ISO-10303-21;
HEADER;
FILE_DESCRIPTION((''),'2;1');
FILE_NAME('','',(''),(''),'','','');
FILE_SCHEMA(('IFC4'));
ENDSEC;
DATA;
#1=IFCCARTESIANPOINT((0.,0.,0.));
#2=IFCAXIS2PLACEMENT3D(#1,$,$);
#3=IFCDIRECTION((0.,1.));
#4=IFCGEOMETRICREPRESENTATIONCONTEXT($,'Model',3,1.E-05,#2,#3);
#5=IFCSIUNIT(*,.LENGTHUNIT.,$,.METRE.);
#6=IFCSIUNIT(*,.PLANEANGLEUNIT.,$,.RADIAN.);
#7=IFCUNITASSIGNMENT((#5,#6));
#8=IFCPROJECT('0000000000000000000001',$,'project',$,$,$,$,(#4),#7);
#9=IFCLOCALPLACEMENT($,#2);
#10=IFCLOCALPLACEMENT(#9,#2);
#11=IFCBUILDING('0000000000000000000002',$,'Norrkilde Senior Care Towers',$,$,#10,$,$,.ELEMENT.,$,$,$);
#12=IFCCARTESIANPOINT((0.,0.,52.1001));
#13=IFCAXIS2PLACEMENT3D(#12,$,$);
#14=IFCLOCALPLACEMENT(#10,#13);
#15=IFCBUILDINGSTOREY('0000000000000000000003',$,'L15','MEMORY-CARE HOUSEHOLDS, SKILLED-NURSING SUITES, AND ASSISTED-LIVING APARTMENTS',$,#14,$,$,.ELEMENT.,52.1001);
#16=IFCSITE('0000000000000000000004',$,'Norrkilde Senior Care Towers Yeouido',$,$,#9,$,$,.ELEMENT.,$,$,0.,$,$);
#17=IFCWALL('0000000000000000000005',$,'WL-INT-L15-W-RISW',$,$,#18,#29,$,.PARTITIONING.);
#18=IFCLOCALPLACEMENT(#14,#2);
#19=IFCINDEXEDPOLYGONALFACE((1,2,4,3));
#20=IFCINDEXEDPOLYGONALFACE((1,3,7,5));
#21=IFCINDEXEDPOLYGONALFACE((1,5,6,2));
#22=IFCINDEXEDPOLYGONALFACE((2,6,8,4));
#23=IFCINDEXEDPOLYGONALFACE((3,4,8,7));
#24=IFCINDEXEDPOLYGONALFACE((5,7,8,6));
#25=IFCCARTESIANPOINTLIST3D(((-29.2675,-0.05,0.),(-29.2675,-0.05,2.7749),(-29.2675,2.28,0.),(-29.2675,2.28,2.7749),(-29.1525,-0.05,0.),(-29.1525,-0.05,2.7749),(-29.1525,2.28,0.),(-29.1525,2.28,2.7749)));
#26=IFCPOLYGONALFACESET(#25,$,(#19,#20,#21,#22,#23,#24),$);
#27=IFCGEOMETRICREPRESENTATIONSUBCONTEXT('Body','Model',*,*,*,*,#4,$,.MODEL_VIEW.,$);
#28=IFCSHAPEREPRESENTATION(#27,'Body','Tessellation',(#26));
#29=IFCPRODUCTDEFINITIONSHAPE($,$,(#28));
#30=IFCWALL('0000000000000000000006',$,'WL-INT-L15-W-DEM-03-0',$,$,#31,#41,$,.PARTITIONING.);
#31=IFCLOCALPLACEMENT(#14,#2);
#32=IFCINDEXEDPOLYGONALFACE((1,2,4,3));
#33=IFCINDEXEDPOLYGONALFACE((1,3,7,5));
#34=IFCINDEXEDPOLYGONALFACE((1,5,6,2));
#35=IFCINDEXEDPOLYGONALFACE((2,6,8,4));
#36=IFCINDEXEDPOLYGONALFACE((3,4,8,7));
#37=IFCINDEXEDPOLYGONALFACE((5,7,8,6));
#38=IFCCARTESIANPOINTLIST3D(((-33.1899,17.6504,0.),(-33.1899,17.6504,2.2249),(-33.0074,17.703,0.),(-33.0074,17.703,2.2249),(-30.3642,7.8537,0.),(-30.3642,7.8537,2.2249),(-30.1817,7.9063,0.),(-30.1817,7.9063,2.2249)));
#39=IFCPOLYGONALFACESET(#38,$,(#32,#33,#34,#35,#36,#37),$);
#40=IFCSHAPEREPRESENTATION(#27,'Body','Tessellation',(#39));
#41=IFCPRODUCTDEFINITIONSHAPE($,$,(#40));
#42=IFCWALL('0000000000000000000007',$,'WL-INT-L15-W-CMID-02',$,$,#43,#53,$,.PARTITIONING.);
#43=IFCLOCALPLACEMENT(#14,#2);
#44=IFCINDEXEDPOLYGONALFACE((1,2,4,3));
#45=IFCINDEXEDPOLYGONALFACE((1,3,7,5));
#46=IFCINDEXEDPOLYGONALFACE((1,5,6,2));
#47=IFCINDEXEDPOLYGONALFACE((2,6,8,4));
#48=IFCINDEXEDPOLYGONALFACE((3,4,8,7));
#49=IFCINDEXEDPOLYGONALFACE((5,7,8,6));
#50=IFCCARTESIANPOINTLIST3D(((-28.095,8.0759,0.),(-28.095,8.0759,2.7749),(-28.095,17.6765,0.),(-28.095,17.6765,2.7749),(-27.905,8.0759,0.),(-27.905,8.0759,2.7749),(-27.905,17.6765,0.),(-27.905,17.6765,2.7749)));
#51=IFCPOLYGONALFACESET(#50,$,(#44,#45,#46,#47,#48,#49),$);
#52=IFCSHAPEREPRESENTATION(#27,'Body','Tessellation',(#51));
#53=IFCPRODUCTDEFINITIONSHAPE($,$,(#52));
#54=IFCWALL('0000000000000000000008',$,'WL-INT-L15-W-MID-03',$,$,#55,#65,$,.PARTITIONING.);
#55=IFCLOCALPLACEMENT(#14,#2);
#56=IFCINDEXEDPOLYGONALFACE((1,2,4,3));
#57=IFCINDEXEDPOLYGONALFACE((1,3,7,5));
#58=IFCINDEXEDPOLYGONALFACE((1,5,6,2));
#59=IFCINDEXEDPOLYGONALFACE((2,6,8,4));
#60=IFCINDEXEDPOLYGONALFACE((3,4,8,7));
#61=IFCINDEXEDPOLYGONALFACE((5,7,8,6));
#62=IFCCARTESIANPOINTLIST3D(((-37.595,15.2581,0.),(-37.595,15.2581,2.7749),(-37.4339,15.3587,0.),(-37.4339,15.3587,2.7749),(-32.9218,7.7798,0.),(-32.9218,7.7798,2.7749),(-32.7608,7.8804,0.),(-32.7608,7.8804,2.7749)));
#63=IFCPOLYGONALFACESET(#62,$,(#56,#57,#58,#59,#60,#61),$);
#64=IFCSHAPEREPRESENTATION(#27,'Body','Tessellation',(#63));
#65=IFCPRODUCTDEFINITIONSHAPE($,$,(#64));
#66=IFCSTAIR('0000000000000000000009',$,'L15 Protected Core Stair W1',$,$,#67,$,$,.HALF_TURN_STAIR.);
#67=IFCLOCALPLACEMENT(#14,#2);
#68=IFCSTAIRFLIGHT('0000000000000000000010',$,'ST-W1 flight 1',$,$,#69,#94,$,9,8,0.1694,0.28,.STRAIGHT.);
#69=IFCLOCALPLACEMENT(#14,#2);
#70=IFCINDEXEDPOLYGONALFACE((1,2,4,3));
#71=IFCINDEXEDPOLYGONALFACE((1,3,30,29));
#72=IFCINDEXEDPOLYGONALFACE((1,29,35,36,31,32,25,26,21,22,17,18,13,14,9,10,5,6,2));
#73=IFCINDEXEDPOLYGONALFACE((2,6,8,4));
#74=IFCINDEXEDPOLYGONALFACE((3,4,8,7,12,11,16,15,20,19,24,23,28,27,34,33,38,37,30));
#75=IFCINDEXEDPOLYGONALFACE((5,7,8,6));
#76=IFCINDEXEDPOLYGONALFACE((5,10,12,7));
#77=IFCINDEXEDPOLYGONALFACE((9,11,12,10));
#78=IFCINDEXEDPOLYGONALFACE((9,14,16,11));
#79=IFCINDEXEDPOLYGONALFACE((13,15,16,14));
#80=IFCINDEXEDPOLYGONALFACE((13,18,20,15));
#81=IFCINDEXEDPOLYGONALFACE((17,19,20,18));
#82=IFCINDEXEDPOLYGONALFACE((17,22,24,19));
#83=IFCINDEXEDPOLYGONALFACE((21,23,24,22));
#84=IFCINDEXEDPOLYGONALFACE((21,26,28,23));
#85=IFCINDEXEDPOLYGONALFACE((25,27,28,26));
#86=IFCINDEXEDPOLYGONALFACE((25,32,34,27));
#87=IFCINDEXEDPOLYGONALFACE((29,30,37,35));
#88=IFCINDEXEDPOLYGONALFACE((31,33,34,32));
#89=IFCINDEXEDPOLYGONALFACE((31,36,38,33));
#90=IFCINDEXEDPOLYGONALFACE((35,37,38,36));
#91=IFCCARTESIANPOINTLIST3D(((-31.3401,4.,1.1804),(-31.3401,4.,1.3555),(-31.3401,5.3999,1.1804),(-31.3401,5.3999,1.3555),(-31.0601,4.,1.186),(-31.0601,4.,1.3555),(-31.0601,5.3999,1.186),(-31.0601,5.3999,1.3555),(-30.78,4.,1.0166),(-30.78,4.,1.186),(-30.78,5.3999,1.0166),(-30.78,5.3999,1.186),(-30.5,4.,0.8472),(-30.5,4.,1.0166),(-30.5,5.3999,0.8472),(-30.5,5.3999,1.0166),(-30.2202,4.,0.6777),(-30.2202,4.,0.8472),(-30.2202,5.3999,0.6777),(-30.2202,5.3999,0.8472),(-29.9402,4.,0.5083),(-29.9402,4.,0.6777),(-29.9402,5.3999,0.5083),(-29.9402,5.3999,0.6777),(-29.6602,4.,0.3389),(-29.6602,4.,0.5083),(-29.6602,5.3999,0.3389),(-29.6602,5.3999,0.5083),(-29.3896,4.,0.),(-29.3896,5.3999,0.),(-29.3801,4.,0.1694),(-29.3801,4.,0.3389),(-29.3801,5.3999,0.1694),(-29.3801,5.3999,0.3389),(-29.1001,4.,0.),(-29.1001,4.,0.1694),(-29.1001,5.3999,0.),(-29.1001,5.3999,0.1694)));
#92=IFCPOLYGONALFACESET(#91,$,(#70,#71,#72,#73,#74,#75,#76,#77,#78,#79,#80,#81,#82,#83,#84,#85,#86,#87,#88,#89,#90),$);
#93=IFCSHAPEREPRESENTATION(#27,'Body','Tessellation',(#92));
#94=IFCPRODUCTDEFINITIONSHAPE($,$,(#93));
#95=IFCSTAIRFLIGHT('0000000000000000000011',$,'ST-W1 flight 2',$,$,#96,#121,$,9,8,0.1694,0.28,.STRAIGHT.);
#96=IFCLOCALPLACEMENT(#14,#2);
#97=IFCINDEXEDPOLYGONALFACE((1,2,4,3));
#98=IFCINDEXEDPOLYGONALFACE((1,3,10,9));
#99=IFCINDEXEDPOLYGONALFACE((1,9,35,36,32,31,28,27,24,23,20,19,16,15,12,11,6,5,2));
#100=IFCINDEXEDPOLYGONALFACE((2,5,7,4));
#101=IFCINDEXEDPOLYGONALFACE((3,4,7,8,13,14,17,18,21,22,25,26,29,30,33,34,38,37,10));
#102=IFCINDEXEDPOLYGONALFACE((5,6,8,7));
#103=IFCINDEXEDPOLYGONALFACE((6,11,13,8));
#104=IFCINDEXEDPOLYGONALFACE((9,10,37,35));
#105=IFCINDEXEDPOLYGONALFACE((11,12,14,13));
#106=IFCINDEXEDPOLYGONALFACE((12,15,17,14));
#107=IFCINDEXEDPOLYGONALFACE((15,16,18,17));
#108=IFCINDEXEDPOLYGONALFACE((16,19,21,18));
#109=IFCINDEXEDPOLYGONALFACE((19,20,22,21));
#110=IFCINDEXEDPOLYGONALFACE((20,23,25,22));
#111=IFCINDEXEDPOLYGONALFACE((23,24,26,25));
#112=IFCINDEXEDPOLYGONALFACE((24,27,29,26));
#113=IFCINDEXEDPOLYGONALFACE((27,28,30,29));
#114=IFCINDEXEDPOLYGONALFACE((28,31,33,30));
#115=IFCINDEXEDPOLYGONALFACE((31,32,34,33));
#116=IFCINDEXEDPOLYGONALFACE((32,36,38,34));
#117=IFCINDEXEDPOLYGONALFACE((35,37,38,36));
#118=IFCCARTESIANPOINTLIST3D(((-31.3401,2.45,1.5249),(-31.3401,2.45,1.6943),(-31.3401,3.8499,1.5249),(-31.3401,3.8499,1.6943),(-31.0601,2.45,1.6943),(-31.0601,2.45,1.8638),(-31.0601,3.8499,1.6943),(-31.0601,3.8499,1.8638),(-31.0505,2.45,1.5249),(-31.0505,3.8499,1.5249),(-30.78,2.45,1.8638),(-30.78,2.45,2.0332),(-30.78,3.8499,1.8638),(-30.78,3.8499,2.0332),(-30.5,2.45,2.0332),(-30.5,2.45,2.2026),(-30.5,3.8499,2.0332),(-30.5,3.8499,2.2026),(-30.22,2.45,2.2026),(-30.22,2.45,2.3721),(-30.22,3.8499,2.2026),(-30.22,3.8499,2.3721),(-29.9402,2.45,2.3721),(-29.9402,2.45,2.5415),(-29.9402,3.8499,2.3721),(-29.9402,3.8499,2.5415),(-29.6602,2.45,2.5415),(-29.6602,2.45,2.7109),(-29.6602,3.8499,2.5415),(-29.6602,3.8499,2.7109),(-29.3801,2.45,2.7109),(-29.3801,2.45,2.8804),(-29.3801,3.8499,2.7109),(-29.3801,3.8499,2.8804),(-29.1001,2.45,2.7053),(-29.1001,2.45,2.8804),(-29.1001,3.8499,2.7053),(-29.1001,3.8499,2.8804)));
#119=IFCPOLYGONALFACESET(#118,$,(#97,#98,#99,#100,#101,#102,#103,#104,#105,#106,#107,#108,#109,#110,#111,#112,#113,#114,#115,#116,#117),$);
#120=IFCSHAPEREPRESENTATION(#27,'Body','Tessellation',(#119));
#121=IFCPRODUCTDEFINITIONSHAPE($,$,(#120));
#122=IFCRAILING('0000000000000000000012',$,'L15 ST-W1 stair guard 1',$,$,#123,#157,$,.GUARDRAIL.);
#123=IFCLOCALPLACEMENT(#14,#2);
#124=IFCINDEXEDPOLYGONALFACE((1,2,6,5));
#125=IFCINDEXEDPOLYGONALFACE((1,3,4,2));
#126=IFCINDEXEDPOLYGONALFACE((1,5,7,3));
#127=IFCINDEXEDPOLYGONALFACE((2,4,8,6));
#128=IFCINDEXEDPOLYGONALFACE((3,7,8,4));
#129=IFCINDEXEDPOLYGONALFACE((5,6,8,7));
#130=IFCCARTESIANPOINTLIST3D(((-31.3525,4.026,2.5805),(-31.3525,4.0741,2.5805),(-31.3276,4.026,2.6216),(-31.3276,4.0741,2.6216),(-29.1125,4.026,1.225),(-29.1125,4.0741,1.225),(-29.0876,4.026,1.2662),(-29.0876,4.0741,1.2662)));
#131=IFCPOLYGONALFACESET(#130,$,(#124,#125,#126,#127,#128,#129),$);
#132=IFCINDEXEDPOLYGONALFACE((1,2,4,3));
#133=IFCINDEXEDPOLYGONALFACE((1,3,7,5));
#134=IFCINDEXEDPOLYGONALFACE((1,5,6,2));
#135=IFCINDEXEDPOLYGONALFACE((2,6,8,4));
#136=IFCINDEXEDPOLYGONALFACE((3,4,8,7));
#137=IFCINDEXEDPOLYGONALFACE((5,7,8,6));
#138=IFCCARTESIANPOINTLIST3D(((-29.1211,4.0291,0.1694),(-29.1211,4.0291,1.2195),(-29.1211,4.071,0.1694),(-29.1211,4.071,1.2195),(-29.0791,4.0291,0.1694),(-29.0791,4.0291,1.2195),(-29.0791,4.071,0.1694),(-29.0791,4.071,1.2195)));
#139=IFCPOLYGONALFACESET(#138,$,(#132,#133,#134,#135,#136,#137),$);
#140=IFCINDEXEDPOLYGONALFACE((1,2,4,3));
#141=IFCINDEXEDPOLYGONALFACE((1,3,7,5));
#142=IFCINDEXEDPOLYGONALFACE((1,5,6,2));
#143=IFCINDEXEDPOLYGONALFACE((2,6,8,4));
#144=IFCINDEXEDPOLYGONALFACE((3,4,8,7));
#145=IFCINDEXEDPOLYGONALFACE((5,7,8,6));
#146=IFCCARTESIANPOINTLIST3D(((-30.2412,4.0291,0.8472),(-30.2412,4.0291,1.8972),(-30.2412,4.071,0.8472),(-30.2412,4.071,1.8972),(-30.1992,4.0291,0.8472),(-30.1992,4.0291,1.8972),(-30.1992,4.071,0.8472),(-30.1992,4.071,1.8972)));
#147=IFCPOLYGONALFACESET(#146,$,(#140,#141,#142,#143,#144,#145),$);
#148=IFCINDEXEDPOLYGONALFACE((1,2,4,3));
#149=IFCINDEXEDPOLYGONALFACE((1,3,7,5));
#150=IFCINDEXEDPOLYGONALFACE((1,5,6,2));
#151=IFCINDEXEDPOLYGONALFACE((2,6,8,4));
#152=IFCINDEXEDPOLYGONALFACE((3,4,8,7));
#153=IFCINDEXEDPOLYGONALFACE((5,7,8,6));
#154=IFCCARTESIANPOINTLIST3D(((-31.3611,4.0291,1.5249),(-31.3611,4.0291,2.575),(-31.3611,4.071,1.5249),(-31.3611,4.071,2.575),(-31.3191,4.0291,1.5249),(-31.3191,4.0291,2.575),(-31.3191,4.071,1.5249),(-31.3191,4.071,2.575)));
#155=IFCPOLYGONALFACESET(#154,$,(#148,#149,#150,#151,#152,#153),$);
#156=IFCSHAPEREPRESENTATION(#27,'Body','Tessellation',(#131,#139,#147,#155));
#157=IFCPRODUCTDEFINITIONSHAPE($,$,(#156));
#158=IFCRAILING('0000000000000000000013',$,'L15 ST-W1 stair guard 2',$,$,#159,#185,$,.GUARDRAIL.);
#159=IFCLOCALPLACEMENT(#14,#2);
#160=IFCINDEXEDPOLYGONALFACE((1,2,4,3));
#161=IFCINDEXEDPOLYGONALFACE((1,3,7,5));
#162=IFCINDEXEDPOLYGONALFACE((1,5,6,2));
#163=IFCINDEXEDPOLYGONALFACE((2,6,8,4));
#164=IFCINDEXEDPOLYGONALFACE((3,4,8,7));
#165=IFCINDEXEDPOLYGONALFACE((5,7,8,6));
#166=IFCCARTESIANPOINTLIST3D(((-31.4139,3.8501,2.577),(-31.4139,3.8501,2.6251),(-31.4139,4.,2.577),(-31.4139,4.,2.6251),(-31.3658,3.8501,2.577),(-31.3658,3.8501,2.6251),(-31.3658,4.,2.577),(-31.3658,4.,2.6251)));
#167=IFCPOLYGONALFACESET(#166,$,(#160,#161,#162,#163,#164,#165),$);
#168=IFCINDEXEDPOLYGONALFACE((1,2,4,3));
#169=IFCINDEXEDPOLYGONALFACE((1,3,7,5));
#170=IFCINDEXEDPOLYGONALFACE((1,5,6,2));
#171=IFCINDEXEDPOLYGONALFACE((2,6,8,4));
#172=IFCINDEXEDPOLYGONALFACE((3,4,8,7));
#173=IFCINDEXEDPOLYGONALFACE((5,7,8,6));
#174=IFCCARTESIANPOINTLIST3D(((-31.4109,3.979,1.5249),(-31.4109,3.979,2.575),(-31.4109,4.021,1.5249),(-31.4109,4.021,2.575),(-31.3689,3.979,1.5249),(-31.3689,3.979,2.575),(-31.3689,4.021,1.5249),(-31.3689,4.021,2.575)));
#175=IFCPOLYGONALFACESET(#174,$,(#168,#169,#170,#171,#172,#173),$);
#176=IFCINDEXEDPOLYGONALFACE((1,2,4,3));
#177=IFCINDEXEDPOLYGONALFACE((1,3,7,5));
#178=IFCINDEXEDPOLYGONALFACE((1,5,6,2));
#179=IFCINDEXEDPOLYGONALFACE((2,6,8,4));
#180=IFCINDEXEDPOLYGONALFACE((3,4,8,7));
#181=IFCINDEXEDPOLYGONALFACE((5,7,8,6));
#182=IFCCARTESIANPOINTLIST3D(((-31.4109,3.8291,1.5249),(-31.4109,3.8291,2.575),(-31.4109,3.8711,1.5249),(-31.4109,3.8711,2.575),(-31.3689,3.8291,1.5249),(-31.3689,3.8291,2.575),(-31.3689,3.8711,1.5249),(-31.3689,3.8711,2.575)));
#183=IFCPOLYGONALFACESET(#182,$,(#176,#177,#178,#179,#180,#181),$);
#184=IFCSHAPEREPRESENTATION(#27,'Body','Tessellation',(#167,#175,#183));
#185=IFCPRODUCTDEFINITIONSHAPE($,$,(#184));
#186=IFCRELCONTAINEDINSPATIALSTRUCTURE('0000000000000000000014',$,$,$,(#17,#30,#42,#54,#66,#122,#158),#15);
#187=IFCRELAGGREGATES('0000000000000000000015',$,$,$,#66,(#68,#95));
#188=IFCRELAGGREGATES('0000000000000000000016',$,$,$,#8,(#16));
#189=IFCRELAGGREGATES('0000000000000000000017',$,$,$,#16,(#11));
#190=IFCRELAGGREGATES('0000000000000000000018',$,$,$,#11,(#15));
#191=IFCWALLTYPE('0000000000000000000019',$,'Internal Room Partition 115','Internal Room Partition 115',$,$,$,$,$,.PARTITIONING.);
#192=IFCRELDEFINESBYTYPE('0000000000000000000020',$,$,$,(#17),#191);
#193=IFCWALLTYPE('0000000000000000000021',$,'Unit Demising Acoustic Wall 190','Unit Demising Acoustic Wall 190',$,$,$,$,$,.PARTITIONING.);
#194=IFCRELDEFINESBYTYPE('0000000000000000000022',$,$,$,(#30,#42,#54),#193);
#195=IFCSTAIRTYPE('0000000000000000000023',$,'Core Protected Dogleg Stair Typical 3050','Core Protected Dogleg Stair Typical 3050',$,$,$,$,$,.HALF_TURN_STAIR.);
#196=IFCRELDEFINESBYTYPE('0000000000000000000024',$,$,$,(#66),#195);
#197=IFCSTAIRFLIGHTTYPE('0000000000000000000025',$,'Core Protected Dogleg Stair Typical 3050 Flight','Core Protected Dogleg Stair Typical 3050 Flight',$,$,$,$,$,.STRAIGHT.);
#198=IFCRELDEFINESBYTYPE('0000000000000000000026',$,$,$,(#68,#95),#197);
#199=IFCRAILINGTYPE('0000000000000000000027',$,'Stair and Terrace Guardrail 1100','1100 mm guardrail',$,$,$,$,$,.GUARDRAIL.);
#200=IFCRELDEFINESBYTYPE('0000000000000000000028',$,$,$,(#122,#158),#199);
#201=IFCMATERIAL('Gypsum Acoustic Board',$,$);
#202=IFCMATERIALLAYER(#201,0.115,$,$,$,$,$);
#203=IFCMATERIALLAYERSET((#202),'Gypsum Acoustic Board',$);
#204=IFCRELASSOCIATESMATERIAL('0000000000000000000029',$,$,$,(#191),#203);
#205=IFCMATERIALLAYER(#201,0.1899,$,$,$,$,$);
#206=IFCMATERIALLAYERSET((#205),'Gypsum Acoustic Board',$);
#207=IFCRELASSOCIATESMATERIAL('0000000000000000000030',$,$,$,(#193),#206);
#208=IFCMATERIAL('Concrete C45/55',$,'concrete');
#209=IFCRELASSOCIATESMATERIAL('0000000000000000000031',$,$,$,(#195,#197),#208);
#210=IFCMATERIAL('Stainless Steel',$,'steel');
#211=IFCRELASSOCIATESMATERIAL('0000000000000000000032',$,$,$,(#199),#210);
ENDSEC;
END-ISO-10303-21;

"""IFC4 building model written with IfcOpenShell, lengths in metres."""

from ifc_helpers import new_model, si_unit, direction, frame, frame_2d, origin, origin_2d, place, context, subcontext, project, spatial, polyline, rectangle, outline, extrude, source, transform, mapped, material, layer, layer_set, type_object, type_shapes, element, aggregate, save


model = new_model("IFC4")

# Units and contexts
model_context = context("Model", 3, precision=1e-05, world=origin(), true_north=direction((0.0, 1.0)))
body_context = subcontext(model_context, "Body", "Model", "MODEL_VIEW")
ifc_project = project(units=[si_unit("LENGTHUNIT", "METRE"), si_unit("PLANEANGLEUNIT", "RADIAN")], contexts=[model_context])

# Site, building, storey
site_placement = place(None, origin())
site = spatial("IfcSite", under=ifc_project, at=site_placement, Name="Norrkilde Senior Care Towers Yeouido", CompositionType="ELEMENT", RefElevation=0.0)
building_placement = place(site_placement, origin())
building = spatial("IfcBuilding", under=site, at=building_placement, Name="Norrkilde Senior Care Towers", CompositionType="ELEMENT")
storey_placement = place(building_placement, frame((0.0, 0.0, 52.1001)))
storey = spatial("IfcBuildingStorey", under=building, at=storey_placement, Name="L15", Description="MEMORY-CARE HOUSEHOLDS, SKILLED-NURSING SUITES, AND ASSISTED-LIVING APARTMENTS", CompositionType="ELEMENT", Elevation=52.1001)

# Walls
ifc_material_1 = material(Name="Concrete C45/55", Category="concrete")
ifc_material_2 = material(Name="Gypsum Acoustic Board")
ifc_layer_1 = layer(ifc_material_2, 0.115)
ifc_layer_set_1 = layer_set([ifc_layer_1], Name="Gypsum Acoustic Board")
wall_type_1 = type_object("IfcWallType", Name="Internal Room Partition 115", Description="Internal Room Partition 115", PredefinedType="PARTITIONING", material=ifc_layer_set_1)
shared_shape_1 = source(origin(), body_context, "Body", "SweptSolid", [
    extrude(rectangle(XDim=2.3301, YDim=0.115, at=frame_2d((1.165, 0.0))), origin(), (0.0, 0.0, 1.0), 2.7749),
])
type_shapes(wall_type_1, [shared_shape_1])
wall_1_placement = place(storey_placement, frame((-29.21, -0.05, 0.0), z_axis=(0.0, 0.0, 1.0), x_axis=(0.0, 1.0, 0.0)))
element("IfcWall", 1, at=wall_1_placement, inside=storey, type_object=wall_type_1, Name="WL-INT-L15-W-RISW", PredefinedType="PARTITIONING", context=body_context, shape_type="MappedRepresentation", body=[
    mapped(shared_shape_1, transform((0.0, 0.0, 0.0), x_axis=(1.0, 0.0, 0.0), y_axis=(0.0, 1.0, 0.0), z_axis=(0.0, 0.0, 1.0), scale=1.0)),
])
ifc_layer_2 = layer(ifc_material_2, 0.1899)
ifc_layer_set_2 = layer_set([ifc_layer_2], Name="Gypsum Acoustic Board")
wall_type_2 = type_object("IfcWallType", Name="Unit Demising Acoustic Wall 190", Description="Unit Demising Acoustic Wall 190", PredefinedType="PARTITIONING", material=ifc_layer_set_2)
shared_shape_2 = source(origin(), body_context, "Body", "SweptSolid", [
    extrude(rectangle(XDim=10.196, YDim=0.1899, at=frame_2d((5.0981, 0.0))), origin(), (0.0, 0.0, 1.0), 2.2249),
])
wall_2_placement = place(storey_placement, frame((-30.2729, 7.8799, 0.0), z_axis=(0.0, 0.0, 1.0), x_axis=(-0.277136, 0.960831, 0.0)))
element("IfcWall", 2, at=wall_2_placement, inside=storey, type_object=wall_type_2, Name="WL-INT-L15-W-DEM-03-0", PredefinedType="PARTITIONING", context=body_context, shape_type="MappedRepresentation", body=[
    mapped(shared_shape_2, transform((0.0, 0.0, 0.0), x_axis=(1.0, 0.0, 0.0), y_axis=(0.0, 1.0, 0.0), z_axis=(0.0, 0.0, 1.0), scale=1.0)),
])
shared_shape_3 = source(origin(), body_context, "Body", "SweptSolid", [
    extrude(rectangle(XDim=9.6006, YDim=0.1899, at=frame_2d((4.8003, 0.0))), origin(), (0.0, 0.0, 1.0), 2.7749),
])
wall_3_placement = place(storey_placement, frame((-28.0, 8.0759, 0.0), z_axis=(0.0, 0.0, 1.0), x_axis=(0.0, 1.0, 0.0)))
element("IfcWall", 3, at=wall_3_placement, inside=storey, type_object=wall_type_2, Name="WL-INT-L15-W-CMID-02", PredefinedType="PARTITIONING", context=body_context, shape_type="MappedRepresentation", body=[
    mapped(shared_shape_3, transform((0.0, 0.0, 0.0), x_axis=(1.0, 0.0, 0.0), y_axis=(0.0, 1.0, 0.0), z_axis=(0.0, 0.0, 1.0), scale=1.0)),
])
shared_shape_4 = source(origin(), body_context, "Body", "SweptSolid", [
    extrude(rectangle(XDim=8.8184, YDim=0.1899, at=frame_2d((4.4092, 0.0))), origin(), (0.0, 0.0, 1.0), 2.7749),
])
type_shapes(wall_type_2, [shared_shape_2, shared_shape_3, shared_shape_4])
wall_4_placement = place(storey_placement, frame((-32.8413, 7.8301, 0.0), z_axis=(0.0, 0.0, 1.0), x_axis=(-0.529932, 0.84804, 0.0)))
element("IfcWall", 4, at=wall_4_placement, inside=storey, type_object=wall_type_2, Name="WL-INT-L15-W-MID-03", PredefinedType="PARTITIONING", context=body_context, shape_type="MappedRepresentation", body=[
    mapped(shared_shape_4, transform((0.0, 0.0, 0.0), x_axis=(1.0, 0.0, 0.0), y_axis=(0.0, 1.0, 0.0), z_axis=(0.0, 0.0, 1.0), scale=1.0)),
])

# Stair, stair flights
stair_type = type_object("IfcStairType", Name="Core Protected Dogleg Stair Typical 3050", Description="Core Protected Dogleg Stair Typical 3050", PredefinedType="HALF_TURN_STAIR", material=ifc_material_1)
stair_placement = place(storey_placement, origin())
stair = element("IfcStair", 5, at=stair_placement, inside=storey, type_object=stair_type, Name="L15 Protected Core Stair W1", PredefinedType="HALF_TURN_STAIR")
stair_flight_type = type_object("IfcStairFlightType", Name="Core Protected Dogleg Stair Typical 3050 Flight", Description="Core Protected Dogleg Stair Typical 3050 Flight", PredefinedType="STRAIGHT", material=ifc_material_1)
stair_flight_1_placement = place(storey_placement, frame((-29.1001, 4.7, 0.0), z_axis=(0.0, 0.0, 1.0), x_axis=(-1.0, 0.0, 0.0)))
stair_flight_1 = element("IfcStairFlight", 6, at=stair_flight_1_placement, type_object=stair_flight_type, Name="ST-W1 flight 1", NumberOfRisers=9, NumberOfTreads=8, PredefinedType="STRAIGHT", RiserHeight=0.1694, TreadLength=0.28, context=body_context, shape_type="SweptSolid", body=[
    extrude(outline(polyline([(0.0, 0.0), (0.0, 0.1694), (0.28, 0.1694), (0.28, 0.3389), (0.5601, 0.3389), (0.5601, 0.5083), (0.8401, 0.5083), (0.8401, 0.6777), (1.1201, 0.6777), (1.1201, 0.8472), (1.3999, 0.8472), (1.3999, 1.0166), (1.6799, 1.0166), (1.6799, 1.186), (1.96, 1.186), (1.96, 1.3555), (2.24, 1.3555), (2.24, 1.5249), (2.24, 1.1804), (0.2896, 0.0), (0.0, 0.0)])), frame((0.0, 0.7, 0.0), z_axis=(0.0, -1.0, 0.0), x_axis=(1.0, 0.0, 0.0)), (0.0, 0.0, 1.0), 1.3999),
])
stair_flight_2_placement = place(storey_placement, frame((-31.3401, 3.1499, 1.5249), z_axis=(0.0, 0.0, 1.0), x_axis=(1.0, 0.0, 0.0)))
stair_flight_2 = element("IfcStairFlight", 7, at=stair_flight_2_placement, type_object=stair_flight_type, Name="ST-W1 flight 2", NumberOfRisers=9, NumberOfTreads=8, PredefinedType="STRAIGHT", RiserHeight=0.1694, TreadLength=0.28, context=body_context, shape_type="SweptSolid", body=[
    extrude(outline(polyline([(0.0, 0.0), (0.0, 0.1694), (0.28, 0.1694), (0.28, 0.3389), (0.5601, 0.3389), (0.5601, 0.5083), (0.8401, 0.5083), (0.8401, 0.6777), (1.1201, 0.6777), (1.1201, 0.8472), (1.3999, 0.8472), (1.3999, 1.0166), (1.6799, 1.0166), (1.6799, 1.186), (1.96, 1.186), (1.96, 1.3555), (2.24, 1.3555), (2.24, 1.5249), (2.24, 1.1804), (0.2896, 0.0), (0.0, 0.0)])), frame((0.0, 0.7, 0.0), z_axis=(0.0, -1.0, 0.0), x_axis=(1.0, 0.0, 0.0)), (0.0, 0.0, 1.0), 1.3999),
])
aggregate(stair, [stair_flight_1, stair_flight_2])

# Railings
ifc_material_3 = material(Name="Stainless Steel", Category="steel")
railing_type_1 = type_object("IfcRailingType", Name="Stair and Terrace Guardrail 1100", Description="1100 mm guardrail", PredefinedType="GUARDRAIL", material=ifc_material_3)
railing_1_placement = place(storey_placement, frame((-29.1001, 4.05, 0.1694)))
element("IfcRailing", 8, at=railing_1_placement, inside=storey, type_object=railing_type_1, Name="L15 ST-W1 stair guard 1", PredefinedType="GUARDRAIL", context=body_context, shape_type="SweptSolid", body=[
    extrude(rectangle(XDim=0.0481, YDim=0.0481, at=origin_2d()), frame((0.0, 0.0, 1.0762), z_axis=(-0.855553, 0.0, 0.517715), x_axis=(0.0, -1.0, 0.0)), (0.0, 0.0, 1.0), 2.6182),
    extrude(rectangle(XDim=0.042, YDim=0.042, at=origin_2d()), origin(), (0.0, 0.0, 1.0), 1.05),
    extrude(rectangle(XDim=0.042, YDim=0.042, at=origin_2d()), frame((-1.1201, 0.0, 0.6777)), (0.0, 0.0, 1.0), 1.05),
    extrude(rectangle(XDim=0.042, YDim=0.042, at=origin_2d()), frame((-2.24, 0.0, 1.3555)), (0.0, 0.0, 1.0), 1.05),
])
railing_2_placement = place(storey_placement, frame((-31.3899, 4.0, 1.5249)))
element("IfcRailing", 9, at=railing_2_placement, inside=storey, type_object=railing_type_1, Name="L15 ST-W1 stair guard 2", PredefinedType="GUARDRAIL", context=body_context, shape_type="SweptSolid", body=[
    extrude(rectangle(XDim=0.0481, YDim=0.0481, at=origin_2d()), frame((0.0, 0.0, 1.0762), z_axis=(0.0, -1.0, 0.0), x_axis=(1.0, 0.0, 0.0)), (0.0, 0.0, 1.0), 0.1499),
    extrude(rectangle(XDim=0.042, YDim=0.042, at=origin_2d()), origin(), (0.0, 0.0, 1.0), 1.05),
    extrude(rectangle(XDim=0.042, YDim=0.042, at=origin_2d()), frame((0.0, -0.1499, 0.0)), (0.0, 0.0, 1.0), 1.05),
])

save(model, "model.ifc")
